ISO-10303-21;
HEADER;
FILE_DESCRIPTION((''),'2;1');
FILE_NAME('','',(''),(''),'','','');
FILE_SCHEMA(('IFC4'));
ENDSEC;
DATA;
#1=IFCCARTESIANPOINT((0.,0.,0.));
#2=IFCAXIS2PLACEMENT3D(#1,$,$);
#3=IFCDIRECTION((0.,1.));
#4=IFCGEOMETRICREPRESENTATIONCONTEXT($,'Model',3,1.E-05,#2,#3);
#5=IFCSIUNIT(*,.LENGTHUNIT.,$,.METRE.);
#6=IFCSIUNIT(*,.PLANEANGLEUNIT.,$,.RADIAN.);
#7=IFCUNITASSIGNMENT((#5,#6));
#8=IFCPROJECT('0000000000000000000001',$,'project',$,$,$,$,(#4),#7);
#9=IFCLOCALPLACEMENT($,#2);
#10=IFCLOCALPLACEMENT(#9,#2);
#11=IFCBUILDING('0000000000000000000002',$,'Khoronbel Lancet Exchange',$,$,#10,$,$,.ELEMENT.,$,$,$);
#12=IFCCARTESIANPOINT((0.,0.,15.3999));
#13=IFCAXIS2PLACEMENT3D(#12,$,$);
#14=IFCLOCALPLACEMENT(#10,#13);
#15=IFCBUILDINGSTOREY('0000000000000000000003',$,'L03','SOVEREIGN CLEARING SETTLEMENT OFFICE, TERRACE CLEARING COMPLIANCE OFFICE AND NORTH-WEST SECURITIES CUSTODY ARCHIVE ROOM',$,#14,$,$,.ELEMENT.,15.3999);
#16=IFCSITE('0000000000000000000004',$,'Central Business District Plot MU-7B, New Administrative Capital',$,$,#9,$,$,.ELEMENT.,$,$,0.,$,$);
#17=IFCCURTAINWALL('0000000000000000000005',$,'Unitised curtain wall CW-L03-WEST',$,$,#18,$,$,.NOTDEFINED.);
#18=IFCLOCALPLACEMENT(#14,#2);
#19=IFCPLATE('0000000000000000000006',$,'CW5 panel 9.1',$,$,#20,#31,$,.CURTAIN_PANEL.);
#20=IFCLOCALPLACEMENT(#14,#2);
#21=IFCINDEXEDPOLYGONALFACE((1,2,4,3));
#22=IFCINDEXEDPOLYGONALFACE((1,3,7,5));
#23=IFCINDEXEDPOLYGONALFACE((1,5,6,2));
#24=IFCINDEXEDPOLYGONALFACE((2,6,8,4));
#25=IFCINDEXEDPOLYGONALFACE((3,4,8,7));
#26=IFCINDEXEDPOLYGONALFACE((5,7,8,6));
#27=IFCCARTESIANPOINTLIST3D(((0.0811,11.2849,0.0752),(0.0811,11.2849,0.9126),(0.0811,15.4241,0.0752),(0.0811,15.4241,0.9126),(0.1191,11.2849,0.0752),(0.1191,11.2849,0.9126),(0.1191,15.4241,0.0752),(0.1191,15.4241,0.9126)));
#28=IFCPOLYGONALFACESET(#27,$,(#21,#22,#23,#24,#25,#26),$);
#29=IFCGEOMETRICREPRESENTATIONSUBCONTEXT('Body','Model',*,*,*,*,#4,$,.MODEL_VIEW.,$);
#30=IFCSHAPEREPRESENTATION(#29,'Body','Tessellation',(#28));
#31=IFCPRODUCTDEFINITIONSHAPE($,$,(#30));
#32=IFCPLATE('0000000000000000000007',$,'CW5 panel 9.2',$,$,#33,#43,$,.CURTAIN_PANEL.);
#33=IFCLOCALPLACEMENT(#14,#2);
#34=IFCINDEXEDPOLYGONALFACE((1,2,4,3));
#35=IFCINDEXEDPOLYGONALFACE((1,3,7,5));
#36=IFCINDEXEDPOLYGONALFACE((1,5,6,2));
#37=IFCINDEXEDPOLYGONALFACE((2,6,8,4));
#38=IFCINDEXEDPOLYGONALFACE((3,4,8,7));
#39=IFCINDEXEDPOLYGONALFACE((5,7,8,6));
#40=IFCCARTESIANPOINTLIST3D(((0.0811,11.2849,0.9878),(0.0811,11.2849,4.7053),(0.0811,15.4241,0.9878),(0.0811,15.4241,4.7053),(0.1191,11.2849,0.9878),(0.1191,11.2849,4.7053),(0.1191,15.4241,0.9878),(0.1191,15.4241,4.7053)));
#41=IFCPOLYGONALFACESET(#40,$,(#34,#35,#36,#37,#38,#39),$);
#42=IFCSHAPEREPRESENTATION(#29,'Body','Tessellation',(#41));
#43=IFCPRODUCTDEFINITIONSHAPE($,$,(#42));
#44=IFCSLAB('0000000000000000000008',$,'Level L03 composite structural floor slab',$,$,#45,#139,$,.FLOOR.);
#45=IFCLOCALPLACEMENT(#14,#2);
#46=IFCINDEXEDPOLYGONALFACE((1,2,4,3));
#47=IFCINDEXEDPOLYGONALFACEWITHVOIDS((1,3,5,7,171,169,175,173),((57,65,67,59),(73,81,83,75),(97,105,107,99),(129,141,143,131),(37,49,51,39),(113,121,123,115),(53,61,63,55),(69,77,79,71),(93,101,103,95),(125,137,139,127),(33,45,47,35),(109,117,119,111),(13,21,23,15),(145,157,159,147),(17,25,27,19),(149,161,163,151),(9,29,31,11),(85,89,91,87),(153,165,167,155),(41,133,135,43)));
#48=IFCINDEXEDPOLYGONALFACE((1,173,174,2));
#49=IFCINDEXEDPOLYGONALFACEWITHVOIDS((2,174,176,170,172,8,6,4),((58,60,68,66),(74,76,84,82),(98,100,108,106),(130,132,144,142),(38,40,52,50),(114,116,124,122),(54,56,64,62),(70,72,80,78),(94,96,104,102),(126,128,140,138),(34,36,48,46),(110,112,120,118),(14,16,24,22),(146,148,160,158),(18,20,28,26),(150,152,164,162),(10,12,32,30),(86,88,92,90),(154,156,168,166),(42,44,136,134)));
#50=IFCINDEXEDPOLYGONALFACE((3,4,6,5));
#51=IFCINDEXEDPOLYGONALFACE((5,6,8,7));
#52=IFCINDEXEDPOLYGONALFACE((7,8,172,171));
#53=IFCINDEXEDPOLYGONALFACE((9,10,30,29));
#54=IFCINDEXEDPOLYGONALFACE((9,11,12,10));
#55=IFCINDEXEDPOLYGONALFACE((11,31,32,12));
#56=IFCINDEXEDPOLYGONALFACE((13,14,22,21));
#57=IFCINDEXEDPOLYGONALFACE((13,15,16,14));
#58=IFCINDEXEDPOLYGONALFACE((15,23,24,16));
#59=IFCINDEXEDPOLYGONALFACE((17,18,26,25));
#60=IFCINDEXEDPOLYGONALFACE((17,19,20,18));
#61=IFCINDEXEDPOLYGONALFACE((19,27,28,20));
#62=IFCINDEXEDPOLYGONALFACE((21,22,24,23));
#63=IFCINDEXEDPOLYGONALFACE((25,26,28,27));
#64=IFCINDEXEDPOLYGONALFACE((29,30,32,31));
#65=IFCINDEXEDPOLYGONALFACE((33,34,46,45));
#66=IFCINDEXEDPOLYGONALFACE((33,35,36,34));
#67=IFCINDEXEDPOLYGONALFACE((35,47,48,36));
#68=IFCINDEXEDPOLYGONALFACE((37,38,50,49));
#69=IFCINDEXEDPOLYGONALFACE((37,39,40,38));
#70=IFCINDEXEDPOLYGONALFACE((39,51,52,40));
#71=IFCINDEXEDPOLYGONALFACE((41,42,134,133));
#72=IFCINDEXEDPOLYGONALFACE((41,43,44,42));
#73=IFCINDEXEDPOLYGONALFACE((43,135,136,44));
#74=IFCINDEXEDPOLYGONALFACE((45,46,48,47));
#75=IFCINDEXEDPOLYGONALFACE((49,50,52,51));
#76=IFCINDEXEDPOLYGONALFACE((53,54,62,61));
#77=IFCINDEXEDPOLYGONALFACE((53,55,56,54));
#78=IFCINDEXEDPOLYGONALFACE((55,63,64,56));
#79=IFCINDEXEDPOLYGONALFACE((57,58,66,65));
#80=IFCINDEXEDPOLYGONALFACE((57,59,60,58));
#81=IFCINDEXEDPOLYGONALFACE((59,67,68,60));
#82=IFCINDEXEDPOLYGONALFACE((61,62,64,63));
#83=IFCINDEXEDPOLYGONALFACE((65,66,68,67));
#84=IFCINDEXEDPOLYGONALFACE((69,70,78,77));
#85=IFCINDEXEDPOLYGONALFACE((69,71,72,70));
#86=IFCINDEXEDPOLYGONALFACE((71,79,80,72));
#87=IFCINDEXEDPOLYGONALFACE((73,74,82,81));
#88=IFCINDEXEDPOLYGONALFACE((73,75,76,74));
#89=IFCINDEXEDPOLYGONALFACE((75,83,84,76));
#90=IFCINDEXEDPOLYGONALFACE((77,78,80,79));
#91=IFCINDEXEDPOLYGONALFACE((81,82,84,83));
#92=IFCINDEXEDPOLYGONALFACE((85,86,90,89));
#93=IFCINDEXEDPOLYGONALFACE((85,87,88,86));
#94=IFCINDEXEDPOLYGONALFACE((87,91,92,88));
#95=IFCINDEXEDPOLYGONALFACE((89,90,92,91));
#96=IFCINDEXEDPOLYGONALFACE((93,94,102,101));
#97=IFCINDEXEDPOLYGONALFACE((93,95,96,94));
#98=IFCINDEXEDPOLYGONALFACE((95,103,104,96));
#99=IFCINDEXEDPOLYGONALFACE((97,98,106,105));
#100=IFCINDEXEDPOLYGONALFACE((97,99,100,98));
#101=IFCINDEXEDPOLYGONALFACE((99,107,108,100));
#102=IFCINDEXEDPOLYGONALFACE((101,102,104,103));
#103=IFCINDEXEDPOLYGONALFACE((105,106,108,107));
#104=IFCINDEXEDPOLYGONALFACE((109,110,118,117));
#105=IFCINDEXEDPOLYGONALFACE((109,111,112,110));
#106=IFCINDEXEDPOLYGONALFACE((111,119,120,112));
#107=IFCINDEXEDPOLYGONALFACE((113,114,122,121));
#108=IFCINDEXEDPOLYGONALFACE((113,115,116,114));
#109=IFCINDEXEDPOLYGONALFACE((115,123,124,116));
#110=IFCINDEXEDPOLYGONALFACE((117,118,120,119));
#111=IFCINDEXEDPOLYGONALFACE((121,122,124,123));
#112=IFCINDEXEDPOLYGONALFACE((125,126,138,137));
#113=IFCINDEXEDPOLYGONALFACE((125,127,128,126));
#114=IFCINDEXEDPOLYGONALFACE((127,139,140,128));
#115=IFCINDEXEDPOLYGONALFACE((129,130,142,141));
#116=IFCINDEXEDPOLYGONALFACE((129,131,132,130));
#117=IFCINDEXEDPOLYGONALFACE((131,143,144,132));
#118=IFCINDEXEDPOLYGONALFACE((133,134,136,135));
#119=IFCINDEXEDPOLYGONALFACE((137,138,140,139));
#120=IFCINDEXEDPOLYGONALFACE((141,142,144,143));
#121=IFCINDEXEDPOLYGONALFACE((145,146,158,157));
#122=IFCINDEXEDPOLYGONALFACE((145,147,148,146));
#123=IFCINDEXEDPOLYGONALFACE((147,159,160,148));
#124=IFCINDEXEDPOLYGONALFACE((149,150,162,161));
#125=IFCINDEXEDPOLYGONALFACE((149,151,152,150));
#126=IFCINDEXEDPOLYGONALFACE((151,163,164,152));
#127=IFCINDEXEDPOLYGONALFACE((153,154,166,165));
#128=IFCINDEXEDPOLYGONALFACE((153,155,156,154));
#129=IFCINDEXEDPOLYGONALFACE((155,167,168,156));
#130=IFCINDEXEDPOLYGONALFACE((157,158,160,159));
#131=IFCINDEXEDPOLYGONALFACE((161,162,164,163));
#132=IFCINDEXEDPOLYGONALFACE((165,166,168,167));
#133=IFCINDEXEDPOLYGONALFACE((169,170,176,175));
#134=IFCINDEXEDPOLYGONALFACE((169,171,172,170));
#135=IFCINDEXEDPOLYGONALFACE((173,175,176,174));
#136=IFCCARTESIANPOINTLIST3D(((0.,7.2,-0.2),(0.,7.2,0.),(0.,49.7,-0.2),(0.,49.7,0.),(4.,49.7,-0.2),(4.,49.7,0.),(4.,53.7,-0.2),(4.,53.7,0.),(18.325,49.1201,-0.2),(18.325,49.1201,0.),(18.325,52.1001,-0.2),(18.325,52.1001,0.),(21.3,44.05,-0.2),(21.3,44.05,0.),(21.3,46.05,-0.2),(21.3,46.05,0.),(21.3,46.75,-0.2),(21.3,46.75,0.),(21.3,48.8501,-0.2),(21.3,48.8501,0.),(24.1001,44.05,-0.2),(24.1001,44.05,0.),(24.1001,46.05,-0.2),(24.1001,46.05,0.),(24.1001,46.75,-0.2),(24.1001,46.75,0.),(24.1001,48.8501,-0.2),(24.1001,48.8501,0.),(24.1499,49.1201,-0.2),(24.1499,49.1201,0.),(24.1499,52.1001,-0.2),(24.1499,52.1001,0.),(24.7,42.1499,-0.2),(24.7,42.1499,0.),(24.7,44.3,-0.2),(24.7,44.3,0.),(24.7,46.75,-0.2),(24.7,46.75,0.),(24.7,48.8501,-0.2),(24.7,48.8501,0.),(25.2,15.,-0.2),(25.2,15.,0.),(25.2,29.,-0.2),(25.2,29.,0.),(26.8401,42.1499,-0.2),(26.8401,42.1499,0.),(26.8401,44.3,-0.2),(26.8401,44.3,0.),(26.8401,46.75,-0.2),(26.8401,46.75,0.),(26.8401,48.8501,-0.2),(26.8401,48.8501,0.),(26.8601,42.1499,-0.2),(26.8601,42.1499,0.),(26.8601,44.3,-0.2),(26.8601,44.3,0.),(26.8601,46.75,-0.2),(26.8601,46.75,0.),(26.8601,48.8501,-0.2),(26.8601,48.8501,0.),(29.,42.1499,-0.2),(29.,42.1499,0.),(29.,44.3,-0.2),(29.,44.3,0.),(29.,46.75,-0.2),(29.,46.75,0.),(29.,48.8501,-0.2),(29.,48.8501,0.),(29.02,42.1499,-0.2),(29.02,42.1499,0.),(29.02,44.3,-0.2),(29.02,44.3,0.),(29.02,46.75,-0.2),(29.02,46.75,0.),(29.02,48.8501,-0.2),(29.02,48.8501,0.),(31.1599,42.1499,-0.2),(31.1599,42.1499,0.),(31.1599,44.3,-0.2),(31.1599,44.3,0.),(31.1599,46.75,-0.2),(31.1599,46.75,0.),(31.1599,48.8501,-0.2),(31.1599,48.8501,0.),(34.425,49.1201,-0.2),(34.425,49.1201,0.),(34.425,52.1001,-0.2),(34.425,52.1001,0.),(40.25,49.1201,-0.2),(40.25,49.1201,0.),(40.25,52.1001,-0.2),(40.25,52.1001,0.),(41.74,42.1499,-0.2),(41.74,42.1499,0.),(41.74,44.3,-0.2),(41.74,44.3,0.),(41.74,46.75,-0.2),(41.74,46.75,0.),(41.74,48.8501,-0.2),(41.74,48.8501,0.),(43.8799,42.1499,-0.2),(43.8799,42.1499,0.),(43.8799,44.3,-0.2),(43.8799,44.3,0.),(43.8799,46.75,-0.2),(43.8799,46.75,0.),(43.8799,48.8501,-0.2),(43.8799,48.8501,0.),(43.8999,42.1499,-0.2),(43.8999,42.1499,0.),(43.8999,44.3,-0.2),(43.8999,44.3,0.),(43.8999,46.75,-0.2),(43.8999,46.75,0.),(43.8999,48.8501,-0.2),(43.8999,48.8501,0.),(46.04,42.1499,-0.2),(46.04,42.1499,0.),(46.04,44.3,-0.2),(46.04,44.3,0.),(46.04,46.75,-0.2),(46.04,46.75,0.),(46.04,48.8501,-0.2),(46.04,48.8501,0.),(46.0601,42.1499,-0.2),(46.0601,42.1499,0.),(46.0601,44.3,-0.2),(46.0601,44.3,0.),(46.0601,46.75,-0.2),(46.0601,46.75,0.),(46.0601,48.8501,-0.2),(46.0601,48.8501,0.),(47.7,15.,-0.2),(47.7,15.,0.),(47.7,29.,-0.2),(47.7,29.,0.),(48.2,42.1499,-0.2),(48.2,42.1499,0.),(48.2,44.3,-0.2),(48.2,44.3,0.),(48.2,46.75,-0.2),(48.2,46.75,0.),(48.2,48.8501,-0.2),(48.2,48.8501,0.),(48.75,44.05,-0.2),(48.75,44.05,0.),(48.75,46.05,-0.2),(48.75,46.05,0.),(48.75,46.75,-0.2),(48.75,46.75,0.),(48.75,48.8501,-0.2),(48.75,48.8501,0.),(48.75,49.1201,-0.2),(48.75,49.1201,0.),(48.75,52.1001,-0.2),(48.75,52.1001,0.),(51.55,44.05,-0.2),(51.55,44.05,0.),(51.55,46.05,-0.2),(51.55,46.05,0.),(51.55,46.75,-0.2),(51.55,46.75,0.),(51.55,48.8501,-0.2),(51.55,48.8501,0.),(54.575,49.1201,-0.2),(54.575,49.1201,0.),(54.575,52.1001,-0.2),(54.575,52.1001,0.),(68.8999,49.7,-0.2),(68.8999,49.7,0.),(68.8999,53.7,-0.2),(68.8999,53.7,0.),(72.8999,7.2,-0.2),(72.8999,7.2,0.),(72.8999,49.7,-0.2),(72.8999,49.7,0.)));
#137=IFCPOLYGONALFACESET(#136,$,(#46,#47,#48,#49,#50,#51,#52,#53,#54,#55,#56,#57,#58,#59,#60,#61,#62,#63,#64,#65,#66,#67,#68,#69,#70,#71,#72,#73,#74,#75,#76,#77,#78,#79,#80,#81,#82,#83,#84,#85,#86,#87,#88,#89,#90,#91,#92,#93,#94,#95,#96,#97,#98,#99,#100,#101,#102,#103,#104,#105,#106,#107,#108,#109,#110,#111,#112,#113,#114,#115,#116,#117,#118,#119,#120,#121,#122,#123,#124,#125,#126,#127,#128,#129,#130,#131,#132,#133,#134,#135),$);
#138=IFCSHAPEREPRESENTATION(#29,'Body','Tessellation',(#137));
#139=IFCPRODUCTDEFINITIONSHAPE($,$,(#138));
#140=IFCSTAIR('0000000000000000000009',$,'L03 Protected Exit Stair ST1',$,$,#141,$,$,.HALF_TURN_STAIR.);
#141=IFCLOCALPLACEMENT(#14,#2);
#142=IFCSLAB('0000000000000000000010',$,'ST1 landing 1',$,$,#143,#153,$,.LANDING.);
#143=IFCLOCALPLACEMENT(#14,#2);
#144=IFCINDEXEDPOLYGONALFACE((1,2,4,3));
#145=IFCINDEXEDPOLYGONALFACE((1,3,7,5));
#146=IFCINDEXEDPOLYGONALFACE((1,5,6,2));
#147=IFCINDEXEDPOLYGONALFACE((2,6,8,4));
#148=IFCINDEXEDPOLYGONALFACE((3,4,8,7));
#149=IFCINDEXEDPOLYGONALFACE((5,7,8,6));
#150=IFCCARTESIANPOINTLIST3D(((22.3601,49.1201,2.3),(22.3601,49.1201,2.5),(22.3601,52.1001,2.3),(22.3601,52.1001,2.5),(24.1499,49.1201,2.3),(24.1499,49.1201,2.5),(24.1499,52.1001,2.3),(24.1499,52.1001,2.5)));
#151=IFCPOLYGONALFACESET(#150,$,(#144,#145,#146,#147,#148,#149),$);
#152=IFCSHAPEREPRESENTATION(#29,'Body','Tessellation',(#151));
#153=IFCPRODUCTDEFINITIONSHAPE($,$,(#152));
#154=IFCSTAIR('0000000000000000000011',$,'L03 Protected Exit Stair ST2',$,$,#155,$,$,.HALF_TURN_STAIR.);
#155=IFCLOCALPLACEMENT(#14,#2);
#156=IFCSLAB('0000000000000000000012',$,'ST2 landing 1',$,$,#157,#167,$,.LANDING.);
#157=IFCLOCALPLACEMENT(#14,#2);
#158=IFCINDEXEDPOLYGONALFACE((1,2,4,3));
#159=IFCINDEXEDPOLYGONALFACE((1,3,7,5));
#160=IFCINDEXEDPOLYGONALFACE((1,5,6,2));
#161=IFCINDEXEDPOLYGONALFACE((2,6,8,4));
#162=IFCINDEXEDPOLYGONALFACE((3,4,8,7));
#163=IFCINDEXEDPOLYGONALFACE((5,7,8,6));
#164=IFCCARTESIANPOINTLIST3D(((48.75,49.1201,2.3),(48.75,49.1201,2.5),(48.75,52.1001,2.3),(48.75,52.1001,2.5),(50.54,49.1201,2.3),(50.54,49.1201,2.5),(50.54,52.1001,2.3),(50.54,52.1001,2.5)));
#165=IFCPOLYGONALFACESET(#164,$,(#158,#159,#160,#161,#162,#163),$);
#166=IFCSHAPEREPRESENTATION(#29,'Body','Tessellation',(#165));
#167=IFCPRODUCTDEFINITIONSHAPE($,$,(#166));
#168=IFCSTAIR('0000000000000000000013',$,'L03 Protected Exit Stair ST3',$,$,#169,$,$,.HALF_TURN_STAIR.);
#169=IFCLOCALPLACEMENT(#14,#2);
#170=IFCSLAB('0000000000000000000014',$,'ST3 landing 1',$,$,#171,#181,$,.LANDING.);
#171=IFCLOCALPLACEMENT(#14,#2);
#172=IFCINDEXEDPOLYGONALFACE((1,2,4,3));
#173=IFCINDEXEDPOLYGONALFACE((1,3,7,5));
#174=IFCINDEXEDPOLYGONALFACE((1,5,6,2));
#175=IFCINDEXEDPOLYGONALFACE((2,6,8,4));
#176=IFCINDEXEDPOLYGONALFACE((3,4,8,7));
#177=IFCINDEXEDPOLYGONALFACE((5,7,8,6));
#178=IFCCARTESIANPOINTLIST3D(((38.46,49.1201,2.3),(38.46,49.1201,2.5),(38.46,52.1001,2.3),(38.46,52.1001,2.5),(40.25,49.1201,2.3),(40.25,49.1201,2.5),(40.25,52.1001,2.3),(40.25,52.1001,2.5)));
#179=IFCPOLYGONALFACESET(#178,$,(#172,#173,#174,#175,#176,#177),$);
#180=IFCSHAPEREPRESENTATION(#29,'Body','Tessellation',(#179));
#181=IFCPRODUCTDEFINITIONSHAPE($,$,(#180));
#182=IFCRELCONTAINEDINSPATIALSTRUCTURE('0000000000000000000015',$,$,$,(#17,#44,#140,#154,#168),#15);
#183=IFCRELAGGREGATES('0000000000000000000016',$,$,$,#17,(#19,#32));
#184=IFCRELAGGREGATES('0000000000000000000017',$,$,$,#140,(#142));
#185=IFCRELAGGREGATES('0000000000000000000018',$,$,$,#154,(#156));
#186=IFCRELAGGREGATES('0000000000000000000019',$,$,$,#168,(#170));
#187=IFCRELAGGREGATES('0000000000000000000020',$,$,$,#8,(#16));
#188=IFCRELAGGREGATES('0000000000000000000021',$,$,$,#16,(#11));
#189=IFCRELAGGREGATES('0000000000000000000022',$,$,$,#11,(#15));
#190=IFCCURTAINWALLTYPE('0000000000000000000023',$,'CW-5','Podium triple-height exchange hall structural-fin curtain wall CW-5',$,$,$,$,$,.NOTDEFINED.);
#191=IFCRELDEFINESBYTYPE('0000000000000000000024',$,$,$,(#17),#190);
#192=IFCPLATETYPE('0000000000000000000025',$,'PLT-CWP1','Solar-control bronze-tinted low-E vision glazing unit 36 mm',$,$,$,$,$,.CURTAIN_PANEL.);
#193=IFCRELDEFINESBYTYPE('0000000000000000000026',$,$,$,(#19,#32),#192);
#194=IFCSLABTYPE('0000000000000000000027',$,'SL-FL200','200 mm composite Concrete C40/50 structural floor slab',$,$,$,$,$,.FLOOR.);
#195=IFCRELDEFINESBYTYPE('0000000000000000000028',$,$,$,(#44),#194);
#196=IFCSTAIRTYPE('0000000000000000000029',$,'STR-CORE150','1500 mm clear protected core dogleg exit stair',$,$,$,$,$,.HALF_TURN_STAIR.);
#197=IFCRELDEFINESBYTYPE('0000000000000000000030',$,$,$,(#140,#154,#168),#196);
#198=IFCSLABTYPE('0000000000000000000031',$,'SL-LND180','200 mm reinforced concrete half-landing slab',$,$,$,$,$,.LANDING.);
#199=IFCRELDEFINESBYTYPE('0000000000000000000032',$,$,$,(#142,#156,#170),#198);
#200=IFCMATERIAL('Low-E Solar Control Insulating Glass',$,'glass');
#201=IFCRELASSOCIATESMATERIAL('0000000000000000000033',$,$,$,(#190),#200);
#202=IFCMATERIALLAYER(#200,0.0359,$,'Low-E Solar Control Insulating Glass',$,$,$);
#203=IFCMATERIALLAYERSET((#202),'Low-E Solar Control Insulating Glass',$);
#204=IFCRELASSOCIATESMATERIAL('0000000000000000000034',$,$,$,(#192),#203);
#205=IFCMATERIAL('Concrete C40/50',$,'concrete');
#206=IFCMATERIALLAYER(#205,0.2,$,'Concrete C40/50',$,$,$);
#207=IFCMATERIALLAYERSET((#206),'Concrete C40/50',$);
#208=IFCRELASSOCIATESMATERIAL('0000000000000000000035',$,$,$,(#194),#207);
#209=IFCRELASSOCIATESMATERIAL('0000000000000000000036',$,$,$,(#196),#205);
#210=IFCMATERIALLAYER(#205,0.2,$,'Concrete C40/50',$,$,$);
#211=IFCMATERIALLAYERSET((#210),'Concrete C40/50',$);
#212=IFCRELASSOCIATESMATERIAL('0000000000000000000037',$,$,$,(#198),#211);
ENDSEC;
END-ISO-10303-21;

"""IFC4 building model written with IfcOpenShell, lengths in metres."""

from ifc_helpers import new_model, si_unit, direction, frame, origin, origin_2d, place, context, subcontext, project, spatial, polyline, rectangle, outline, extrude, material, layer, layer_set, type_object, element, aggregate, save


model = new_model("IFC4")

# Units and contexts
model_context = context("Model", 3, precision=1e-05, world=origin(), true_north=direction((0.0, 1.0)))
body_context = subcontext(model_context, "Body", "Model", "MODEL_VIEW")
ifc_project = project(units=[si_unit("LENGTHUNIT", "METRE"), si_unit("PLANEANGLEUNIT", "RADIAN")], contexts=[model_context])

# Site, building, storey
site_placement = place(None, origin())
site = spatial("IfcSite", under=ifc_project, at=site_placement, Name="Central Business District Plot MU-7B, New Administrative Capital", CompositionType="ELEMENT", RefElevation=0.0)
building_placement = place(site_placement, origin())
building = spatial("IfcBuilding", under=site, at=building_placement, Name="Khoronbel Lancet Exchange", CompositionType="ELEMENT")
storey_placement = place(building_placement, frame((0.0, 0.0, 15.3999)))
storey = spatial("IfcBuildingStorey", under=building, at=storey_placement, Name="L03", Description="SOVEREIGN CLEARING SETTLEMENT OFFICE, TERRACE CLEARING COMPLIANCE OFFICE AND NORTH-WEST SECURITIES CUSTODY ARCHIVE ROOM", CompositionType="ELEMENT", Elevation=15.3999)

# Curtain wall, plates
ifc_material_1 = material(Name="Low-E Solar Control Insulating Glass", Category="glass")
curtain_wall_type = type_object("IfcCurtainWallType", Name="CW-5", Description="Podium triple-height exchange hall structural-fin curtain wall CW-5", PredefinedType="NOTDEFINED", material=ifc_material_1)
curtain_wall_placement = place(storey_placement, origin())
curtain_wall = element("IfcCurtainWall", 1, at=curtain_wall_placement, inside=storey, type_object=curtain_wall_type, Name="Unitised curtain wall CW-L03-WEST", PredefinedType="NOTDEFINED")
ifc_layer_1 = layer(ifc_material_1, 0.0359, Name="Low-E Solar Control Insulating Glass")
ifc_layer_set_1 = layer_set([ifc_layer_1], Name="Low-E Solar Control Insulating Glass")
plate_type = type_object("IfcPlateType", Name="PLT-CWP1", Description="Solar-control bronze-tinted low-E vision glazing unit 36 mm", PredefinedType="CURTAIN_PANEL", material=ifc_layer_set_1)
plate_1_placement = place(storey_placement, frame((0.1001, 13.3545, 0.0752), z_axis=(0.0, 0.0, 1.0), x_axis=(0.0, -1.0, 0.0)))
plate_1 = element("IfcPlate", 2, at=plate_1_placement, type_object=plate_type, Name="CW5 panel 9.1", PredefinedType="CURTAIN_PANEL", context=body_context, shape_type="SweptSolid", body=[
    extrude(rectangle(XDim=4.1392, YDim=0.0381, at=origin_2d()), origin(), (0.0, 0.0, 1.0), 0.8374),
])
plate_2_placement = place(storey_placement, frame((0.1001, 13.3545, 0.9878), z_axis=(0.0, 0.0, 1.0), x_axis=(0.0, -1.0, 0.0)))
plate_2 = element("IfcPlate", 3, at=plate_2_placement, type_object=plate_type, Name="CW5 panel 9.2", PredefinedType="CURTAIN_PANEL", context=body_context, shape_type="SweptSolid", body=[
    extrude(rectangle(XDim=4.1392, YDim=0.0381, at=origin_2d()), origin(), (0.0, 0.0, 1.0), 3.7175),
])
aggregate(curtain_wall, [plate_1, plate_2])

# Slab
ifc_material_2 = material(Name="Concrete C40/50", Category="concrete")
ifc_layer_2 = layer(ifc_material_2, 0.2, Name="Concrete C40/50")
ifc_layer_set_2 = layer_set([ifc_layer_2], Name="Concrete C40/50")
slab_type_1 = type_object("IfcSlabType", Name="SL-FL200", Description="200 mm composite Concrete C40/50 structural floor slab", PredefinedType="FLOOR", material=ifc_layer_set_2)
slab_1_placement = place(storey_placement, frame((0.0, 0.0, -0.2)))
element("IfcSlab", 4, at=slab_1_placement, inside=storey, type_object=slab_type_1, Name="Level L03 composite structural floor slab", PredefinedType="FLOOR", context=body_context, shape_type="SweptSolid", body=[
    extrude(outline(polyline([(0.0, 7.2), (72.8999, 7.2), (72.8999, 49.7), (68.8999, 49.7), (68.8999, 53.7), (4.0, 53.7), (4.0, 49.7), (0.0, 49.7), (0.0, 7.2)]), holes=[polyline([(18.325, 49.1201), (24.1499, 49.1201), (24.1499, 52.1001), (18.325, 52.1001), (18.325, 49.1201)]), polyline([(48.75, 49.1201), (54.575, 49.1201), (54.575, 52.1001), (48.75, 52.1001), (48.75, 49.1201)]), polyline([(34.425, 49.1201), (40.25, 49.1201), (40.25, 52.1001), (34.425, 52.1001), (34.425, 49.1201)]), polyline([(24.7, 46.75), (26.8401, 46.75), (26.8401, 48.8501), (24.7, 48.8501), (24.7, 46.75)]), polyline([(26.8601, 46.75), (29.0, 46.75), (29.0, 48.8501), (26.8601, 48.8501), (26.8601, 46.75)]), polyline([(29.02, 46.75), (31.1599, 46.75), (31.1599, 48.8501), (29.02, 48.8501), (29.02, 46.75)]), polyline([(24.7, 42.1499), (26.8401, 42.1499), (26.8401, 44.3), (24.7, 44.3), (24.7, 42.1499)]), polyline([(26.8601, 42.1499), (29.0, 42.1499), (29.0, 44.3), (26.8601, 44.3), (26.8601, 42.1499)]), polyline([(29.02, 42.1499), (31.1599, 42.1499), (31.1599, 44.3), (29.02, 44.3), (29.02, 42.1499)]), polyline([(41.74, 46.75), (43.8799, 46.75), (43.8799, 48.8501), (41.74, 48.8501), (41.74, 46.75)]), polyline([(43.8999, 46.75), (46.04, 46.75), (46.04, 48.8501), (43.8999, 48.8501), (43.8999, 46.75)]), polyline([(46.0601, 46.75), (48.2, 46.75), (48.2, 48.8501), (46.0601, 48.8501), (46.0601, 46.75)]), polyline([(41.74, 42.1499), (43.8799, 42.1499), (43.8799, 44.3), (41.74, 44.3), (41.74, 42.1499)]), polyline([(43.8999, 42.1499), (46.04, 42.1499), (46.04, 44.3), (43.8999, 44.3), (43.8999, 42.1499)]), polyline([(46.0601, 42.1499), (48.2, 42.1499), (48.2, 44.3), (46.0601, 44.3), (46.0601, 42.1499)]), polyline([(21.3, 46.75), (24.1001, 46.75), (24.1001, 48.8501), (21.3, 48.8501), (21.3, 46.75)]), polyline([(48.75, 46.75), (51.55, 46.75), (51.55, 48.8501), (48.75, 48.8501), (48.75, 46.75)]), polyline([(21.3, 44.05), (24.1001, 44.05), (24.1001, 46.05), (21.3, 46.05), (21.3, 44.05)]), polyline([(48.75, 44.05), (51.55, 44.05), (51.55, 46.05), (48.75, 46.05), (48.75, 44.05)]), polyline([(25.2, 15.0), (47.7, 15.0), (47.7, 29.0), (25.2, 29.0), (25.2, 15.0)])]), origin(), (0.0, 0.0, 1.0), 0.2),
])

# Stairs, slabs
stair_type = type_object("IfcStairType", Name="STR-CORE150", Description="1500 mm clear protected core dogleg exit stair", PredefinedType="HALF_TURN_STAIR", material=ifc_material_2)
stair_1_placement = place(storey_placement, origin())
stair_1 = element("IfcStair", 5, at=stair_1_placement, inside=storey, type_object=stair_type, Name="L03 Protected Exit Stair ST1", PredefinedType="HALF_TURN_STAIR")
ifc_layer_3 = layer(ifc_material_2, 0.2, Name="Concrete C40/50")
ifc_layer_set_3 = layer_set([ifc_layer_3], Name="Concrete C40/50")
slab_type_2 = type_object("IfcSlabType", Name="SL-LND180", Description="200 mm reinforced concrete half-landing slab", PredefinedType="LANDING", material=ifc_layer_set_3)
slab_2_placement = place(storey_placement, frame((0.0, 0.0, 2.3)))
slab_2 = element("IfcSlab", 6, at=slab_2_placement, type_object=slab_type_2, Name="ST1 landing 1", PredefinedType="LANDING", context=body_context, shape_type="SweptSolid", body=[
    extrude(outline(polyline([(22.3601, 49.1201), (24.1499, 49.1201), (24.1499, 52.1001), (22.3601, 52.1001), (22.3601, 49.1201)])), origin(), (0.0, 0.0, 1.0), 0.2),
])
aggregate(stair_1, [slab_2])
stair_2_placement = place(storey_placement, origin())
stair_2 = element("IfcStair", 7, at=stair_2_placement, inside=storey, type_object=stair_type, Name="L03 Protected Exit Stair ST2", PredefinedType="HALF_TURN_STAIR")
slab_3_placement = place(storey_placement, frame((0.0, 0.0, 2.3)))
slab_3 = element("IfcSlab", 8, at=slab_3_placement, type_object=slab_type_2, Name="ST2 landing 1", PredefinedType="LANDING", context=body_context, shape_type="SweptSolid", body=[
    extrude(outline(polyline([(50.54, 52.1001), (48.75, 52.1001), (48.75, 49.1201), (50.54, 49.1201), (50.54, 52.1001)])), origin(), (0.0, 0.0, 1.0), 0.2),
])
aggregate(stair_2, [slab_3])
stair_3_placement = place(storey_placement, origin())
stair_3 = element("IfcStair", 9, at=stair_3_placement, inside=storey, type_object=stair_type, Name="L03 Protected Exit Stair ST3", PredefinedType="HALF_TURN_STAIR")
slab_4_placement = place(storey_placement, frame((0.0, 0.0, 2.3)))
slab_4 = element("IfcSlab", 10, at=slab_4_placement, type_object=slab_type_2, Name="ST3 landing 1", PredefinedType="LANDING", context=body_context, shape_type="SweptSolid", body=[
    extrude(outline(polyline([(38.46, 49.1201), (40.25, 49.1201), (40.25, 52.1001), (38.46, 52.1001), (38.46, 49.1201)])), origin(), (0.0, 0.0, 1.0), 0.2),
])
aggregate(stair_3, [slab_4])

save(model, "model.ifc")
